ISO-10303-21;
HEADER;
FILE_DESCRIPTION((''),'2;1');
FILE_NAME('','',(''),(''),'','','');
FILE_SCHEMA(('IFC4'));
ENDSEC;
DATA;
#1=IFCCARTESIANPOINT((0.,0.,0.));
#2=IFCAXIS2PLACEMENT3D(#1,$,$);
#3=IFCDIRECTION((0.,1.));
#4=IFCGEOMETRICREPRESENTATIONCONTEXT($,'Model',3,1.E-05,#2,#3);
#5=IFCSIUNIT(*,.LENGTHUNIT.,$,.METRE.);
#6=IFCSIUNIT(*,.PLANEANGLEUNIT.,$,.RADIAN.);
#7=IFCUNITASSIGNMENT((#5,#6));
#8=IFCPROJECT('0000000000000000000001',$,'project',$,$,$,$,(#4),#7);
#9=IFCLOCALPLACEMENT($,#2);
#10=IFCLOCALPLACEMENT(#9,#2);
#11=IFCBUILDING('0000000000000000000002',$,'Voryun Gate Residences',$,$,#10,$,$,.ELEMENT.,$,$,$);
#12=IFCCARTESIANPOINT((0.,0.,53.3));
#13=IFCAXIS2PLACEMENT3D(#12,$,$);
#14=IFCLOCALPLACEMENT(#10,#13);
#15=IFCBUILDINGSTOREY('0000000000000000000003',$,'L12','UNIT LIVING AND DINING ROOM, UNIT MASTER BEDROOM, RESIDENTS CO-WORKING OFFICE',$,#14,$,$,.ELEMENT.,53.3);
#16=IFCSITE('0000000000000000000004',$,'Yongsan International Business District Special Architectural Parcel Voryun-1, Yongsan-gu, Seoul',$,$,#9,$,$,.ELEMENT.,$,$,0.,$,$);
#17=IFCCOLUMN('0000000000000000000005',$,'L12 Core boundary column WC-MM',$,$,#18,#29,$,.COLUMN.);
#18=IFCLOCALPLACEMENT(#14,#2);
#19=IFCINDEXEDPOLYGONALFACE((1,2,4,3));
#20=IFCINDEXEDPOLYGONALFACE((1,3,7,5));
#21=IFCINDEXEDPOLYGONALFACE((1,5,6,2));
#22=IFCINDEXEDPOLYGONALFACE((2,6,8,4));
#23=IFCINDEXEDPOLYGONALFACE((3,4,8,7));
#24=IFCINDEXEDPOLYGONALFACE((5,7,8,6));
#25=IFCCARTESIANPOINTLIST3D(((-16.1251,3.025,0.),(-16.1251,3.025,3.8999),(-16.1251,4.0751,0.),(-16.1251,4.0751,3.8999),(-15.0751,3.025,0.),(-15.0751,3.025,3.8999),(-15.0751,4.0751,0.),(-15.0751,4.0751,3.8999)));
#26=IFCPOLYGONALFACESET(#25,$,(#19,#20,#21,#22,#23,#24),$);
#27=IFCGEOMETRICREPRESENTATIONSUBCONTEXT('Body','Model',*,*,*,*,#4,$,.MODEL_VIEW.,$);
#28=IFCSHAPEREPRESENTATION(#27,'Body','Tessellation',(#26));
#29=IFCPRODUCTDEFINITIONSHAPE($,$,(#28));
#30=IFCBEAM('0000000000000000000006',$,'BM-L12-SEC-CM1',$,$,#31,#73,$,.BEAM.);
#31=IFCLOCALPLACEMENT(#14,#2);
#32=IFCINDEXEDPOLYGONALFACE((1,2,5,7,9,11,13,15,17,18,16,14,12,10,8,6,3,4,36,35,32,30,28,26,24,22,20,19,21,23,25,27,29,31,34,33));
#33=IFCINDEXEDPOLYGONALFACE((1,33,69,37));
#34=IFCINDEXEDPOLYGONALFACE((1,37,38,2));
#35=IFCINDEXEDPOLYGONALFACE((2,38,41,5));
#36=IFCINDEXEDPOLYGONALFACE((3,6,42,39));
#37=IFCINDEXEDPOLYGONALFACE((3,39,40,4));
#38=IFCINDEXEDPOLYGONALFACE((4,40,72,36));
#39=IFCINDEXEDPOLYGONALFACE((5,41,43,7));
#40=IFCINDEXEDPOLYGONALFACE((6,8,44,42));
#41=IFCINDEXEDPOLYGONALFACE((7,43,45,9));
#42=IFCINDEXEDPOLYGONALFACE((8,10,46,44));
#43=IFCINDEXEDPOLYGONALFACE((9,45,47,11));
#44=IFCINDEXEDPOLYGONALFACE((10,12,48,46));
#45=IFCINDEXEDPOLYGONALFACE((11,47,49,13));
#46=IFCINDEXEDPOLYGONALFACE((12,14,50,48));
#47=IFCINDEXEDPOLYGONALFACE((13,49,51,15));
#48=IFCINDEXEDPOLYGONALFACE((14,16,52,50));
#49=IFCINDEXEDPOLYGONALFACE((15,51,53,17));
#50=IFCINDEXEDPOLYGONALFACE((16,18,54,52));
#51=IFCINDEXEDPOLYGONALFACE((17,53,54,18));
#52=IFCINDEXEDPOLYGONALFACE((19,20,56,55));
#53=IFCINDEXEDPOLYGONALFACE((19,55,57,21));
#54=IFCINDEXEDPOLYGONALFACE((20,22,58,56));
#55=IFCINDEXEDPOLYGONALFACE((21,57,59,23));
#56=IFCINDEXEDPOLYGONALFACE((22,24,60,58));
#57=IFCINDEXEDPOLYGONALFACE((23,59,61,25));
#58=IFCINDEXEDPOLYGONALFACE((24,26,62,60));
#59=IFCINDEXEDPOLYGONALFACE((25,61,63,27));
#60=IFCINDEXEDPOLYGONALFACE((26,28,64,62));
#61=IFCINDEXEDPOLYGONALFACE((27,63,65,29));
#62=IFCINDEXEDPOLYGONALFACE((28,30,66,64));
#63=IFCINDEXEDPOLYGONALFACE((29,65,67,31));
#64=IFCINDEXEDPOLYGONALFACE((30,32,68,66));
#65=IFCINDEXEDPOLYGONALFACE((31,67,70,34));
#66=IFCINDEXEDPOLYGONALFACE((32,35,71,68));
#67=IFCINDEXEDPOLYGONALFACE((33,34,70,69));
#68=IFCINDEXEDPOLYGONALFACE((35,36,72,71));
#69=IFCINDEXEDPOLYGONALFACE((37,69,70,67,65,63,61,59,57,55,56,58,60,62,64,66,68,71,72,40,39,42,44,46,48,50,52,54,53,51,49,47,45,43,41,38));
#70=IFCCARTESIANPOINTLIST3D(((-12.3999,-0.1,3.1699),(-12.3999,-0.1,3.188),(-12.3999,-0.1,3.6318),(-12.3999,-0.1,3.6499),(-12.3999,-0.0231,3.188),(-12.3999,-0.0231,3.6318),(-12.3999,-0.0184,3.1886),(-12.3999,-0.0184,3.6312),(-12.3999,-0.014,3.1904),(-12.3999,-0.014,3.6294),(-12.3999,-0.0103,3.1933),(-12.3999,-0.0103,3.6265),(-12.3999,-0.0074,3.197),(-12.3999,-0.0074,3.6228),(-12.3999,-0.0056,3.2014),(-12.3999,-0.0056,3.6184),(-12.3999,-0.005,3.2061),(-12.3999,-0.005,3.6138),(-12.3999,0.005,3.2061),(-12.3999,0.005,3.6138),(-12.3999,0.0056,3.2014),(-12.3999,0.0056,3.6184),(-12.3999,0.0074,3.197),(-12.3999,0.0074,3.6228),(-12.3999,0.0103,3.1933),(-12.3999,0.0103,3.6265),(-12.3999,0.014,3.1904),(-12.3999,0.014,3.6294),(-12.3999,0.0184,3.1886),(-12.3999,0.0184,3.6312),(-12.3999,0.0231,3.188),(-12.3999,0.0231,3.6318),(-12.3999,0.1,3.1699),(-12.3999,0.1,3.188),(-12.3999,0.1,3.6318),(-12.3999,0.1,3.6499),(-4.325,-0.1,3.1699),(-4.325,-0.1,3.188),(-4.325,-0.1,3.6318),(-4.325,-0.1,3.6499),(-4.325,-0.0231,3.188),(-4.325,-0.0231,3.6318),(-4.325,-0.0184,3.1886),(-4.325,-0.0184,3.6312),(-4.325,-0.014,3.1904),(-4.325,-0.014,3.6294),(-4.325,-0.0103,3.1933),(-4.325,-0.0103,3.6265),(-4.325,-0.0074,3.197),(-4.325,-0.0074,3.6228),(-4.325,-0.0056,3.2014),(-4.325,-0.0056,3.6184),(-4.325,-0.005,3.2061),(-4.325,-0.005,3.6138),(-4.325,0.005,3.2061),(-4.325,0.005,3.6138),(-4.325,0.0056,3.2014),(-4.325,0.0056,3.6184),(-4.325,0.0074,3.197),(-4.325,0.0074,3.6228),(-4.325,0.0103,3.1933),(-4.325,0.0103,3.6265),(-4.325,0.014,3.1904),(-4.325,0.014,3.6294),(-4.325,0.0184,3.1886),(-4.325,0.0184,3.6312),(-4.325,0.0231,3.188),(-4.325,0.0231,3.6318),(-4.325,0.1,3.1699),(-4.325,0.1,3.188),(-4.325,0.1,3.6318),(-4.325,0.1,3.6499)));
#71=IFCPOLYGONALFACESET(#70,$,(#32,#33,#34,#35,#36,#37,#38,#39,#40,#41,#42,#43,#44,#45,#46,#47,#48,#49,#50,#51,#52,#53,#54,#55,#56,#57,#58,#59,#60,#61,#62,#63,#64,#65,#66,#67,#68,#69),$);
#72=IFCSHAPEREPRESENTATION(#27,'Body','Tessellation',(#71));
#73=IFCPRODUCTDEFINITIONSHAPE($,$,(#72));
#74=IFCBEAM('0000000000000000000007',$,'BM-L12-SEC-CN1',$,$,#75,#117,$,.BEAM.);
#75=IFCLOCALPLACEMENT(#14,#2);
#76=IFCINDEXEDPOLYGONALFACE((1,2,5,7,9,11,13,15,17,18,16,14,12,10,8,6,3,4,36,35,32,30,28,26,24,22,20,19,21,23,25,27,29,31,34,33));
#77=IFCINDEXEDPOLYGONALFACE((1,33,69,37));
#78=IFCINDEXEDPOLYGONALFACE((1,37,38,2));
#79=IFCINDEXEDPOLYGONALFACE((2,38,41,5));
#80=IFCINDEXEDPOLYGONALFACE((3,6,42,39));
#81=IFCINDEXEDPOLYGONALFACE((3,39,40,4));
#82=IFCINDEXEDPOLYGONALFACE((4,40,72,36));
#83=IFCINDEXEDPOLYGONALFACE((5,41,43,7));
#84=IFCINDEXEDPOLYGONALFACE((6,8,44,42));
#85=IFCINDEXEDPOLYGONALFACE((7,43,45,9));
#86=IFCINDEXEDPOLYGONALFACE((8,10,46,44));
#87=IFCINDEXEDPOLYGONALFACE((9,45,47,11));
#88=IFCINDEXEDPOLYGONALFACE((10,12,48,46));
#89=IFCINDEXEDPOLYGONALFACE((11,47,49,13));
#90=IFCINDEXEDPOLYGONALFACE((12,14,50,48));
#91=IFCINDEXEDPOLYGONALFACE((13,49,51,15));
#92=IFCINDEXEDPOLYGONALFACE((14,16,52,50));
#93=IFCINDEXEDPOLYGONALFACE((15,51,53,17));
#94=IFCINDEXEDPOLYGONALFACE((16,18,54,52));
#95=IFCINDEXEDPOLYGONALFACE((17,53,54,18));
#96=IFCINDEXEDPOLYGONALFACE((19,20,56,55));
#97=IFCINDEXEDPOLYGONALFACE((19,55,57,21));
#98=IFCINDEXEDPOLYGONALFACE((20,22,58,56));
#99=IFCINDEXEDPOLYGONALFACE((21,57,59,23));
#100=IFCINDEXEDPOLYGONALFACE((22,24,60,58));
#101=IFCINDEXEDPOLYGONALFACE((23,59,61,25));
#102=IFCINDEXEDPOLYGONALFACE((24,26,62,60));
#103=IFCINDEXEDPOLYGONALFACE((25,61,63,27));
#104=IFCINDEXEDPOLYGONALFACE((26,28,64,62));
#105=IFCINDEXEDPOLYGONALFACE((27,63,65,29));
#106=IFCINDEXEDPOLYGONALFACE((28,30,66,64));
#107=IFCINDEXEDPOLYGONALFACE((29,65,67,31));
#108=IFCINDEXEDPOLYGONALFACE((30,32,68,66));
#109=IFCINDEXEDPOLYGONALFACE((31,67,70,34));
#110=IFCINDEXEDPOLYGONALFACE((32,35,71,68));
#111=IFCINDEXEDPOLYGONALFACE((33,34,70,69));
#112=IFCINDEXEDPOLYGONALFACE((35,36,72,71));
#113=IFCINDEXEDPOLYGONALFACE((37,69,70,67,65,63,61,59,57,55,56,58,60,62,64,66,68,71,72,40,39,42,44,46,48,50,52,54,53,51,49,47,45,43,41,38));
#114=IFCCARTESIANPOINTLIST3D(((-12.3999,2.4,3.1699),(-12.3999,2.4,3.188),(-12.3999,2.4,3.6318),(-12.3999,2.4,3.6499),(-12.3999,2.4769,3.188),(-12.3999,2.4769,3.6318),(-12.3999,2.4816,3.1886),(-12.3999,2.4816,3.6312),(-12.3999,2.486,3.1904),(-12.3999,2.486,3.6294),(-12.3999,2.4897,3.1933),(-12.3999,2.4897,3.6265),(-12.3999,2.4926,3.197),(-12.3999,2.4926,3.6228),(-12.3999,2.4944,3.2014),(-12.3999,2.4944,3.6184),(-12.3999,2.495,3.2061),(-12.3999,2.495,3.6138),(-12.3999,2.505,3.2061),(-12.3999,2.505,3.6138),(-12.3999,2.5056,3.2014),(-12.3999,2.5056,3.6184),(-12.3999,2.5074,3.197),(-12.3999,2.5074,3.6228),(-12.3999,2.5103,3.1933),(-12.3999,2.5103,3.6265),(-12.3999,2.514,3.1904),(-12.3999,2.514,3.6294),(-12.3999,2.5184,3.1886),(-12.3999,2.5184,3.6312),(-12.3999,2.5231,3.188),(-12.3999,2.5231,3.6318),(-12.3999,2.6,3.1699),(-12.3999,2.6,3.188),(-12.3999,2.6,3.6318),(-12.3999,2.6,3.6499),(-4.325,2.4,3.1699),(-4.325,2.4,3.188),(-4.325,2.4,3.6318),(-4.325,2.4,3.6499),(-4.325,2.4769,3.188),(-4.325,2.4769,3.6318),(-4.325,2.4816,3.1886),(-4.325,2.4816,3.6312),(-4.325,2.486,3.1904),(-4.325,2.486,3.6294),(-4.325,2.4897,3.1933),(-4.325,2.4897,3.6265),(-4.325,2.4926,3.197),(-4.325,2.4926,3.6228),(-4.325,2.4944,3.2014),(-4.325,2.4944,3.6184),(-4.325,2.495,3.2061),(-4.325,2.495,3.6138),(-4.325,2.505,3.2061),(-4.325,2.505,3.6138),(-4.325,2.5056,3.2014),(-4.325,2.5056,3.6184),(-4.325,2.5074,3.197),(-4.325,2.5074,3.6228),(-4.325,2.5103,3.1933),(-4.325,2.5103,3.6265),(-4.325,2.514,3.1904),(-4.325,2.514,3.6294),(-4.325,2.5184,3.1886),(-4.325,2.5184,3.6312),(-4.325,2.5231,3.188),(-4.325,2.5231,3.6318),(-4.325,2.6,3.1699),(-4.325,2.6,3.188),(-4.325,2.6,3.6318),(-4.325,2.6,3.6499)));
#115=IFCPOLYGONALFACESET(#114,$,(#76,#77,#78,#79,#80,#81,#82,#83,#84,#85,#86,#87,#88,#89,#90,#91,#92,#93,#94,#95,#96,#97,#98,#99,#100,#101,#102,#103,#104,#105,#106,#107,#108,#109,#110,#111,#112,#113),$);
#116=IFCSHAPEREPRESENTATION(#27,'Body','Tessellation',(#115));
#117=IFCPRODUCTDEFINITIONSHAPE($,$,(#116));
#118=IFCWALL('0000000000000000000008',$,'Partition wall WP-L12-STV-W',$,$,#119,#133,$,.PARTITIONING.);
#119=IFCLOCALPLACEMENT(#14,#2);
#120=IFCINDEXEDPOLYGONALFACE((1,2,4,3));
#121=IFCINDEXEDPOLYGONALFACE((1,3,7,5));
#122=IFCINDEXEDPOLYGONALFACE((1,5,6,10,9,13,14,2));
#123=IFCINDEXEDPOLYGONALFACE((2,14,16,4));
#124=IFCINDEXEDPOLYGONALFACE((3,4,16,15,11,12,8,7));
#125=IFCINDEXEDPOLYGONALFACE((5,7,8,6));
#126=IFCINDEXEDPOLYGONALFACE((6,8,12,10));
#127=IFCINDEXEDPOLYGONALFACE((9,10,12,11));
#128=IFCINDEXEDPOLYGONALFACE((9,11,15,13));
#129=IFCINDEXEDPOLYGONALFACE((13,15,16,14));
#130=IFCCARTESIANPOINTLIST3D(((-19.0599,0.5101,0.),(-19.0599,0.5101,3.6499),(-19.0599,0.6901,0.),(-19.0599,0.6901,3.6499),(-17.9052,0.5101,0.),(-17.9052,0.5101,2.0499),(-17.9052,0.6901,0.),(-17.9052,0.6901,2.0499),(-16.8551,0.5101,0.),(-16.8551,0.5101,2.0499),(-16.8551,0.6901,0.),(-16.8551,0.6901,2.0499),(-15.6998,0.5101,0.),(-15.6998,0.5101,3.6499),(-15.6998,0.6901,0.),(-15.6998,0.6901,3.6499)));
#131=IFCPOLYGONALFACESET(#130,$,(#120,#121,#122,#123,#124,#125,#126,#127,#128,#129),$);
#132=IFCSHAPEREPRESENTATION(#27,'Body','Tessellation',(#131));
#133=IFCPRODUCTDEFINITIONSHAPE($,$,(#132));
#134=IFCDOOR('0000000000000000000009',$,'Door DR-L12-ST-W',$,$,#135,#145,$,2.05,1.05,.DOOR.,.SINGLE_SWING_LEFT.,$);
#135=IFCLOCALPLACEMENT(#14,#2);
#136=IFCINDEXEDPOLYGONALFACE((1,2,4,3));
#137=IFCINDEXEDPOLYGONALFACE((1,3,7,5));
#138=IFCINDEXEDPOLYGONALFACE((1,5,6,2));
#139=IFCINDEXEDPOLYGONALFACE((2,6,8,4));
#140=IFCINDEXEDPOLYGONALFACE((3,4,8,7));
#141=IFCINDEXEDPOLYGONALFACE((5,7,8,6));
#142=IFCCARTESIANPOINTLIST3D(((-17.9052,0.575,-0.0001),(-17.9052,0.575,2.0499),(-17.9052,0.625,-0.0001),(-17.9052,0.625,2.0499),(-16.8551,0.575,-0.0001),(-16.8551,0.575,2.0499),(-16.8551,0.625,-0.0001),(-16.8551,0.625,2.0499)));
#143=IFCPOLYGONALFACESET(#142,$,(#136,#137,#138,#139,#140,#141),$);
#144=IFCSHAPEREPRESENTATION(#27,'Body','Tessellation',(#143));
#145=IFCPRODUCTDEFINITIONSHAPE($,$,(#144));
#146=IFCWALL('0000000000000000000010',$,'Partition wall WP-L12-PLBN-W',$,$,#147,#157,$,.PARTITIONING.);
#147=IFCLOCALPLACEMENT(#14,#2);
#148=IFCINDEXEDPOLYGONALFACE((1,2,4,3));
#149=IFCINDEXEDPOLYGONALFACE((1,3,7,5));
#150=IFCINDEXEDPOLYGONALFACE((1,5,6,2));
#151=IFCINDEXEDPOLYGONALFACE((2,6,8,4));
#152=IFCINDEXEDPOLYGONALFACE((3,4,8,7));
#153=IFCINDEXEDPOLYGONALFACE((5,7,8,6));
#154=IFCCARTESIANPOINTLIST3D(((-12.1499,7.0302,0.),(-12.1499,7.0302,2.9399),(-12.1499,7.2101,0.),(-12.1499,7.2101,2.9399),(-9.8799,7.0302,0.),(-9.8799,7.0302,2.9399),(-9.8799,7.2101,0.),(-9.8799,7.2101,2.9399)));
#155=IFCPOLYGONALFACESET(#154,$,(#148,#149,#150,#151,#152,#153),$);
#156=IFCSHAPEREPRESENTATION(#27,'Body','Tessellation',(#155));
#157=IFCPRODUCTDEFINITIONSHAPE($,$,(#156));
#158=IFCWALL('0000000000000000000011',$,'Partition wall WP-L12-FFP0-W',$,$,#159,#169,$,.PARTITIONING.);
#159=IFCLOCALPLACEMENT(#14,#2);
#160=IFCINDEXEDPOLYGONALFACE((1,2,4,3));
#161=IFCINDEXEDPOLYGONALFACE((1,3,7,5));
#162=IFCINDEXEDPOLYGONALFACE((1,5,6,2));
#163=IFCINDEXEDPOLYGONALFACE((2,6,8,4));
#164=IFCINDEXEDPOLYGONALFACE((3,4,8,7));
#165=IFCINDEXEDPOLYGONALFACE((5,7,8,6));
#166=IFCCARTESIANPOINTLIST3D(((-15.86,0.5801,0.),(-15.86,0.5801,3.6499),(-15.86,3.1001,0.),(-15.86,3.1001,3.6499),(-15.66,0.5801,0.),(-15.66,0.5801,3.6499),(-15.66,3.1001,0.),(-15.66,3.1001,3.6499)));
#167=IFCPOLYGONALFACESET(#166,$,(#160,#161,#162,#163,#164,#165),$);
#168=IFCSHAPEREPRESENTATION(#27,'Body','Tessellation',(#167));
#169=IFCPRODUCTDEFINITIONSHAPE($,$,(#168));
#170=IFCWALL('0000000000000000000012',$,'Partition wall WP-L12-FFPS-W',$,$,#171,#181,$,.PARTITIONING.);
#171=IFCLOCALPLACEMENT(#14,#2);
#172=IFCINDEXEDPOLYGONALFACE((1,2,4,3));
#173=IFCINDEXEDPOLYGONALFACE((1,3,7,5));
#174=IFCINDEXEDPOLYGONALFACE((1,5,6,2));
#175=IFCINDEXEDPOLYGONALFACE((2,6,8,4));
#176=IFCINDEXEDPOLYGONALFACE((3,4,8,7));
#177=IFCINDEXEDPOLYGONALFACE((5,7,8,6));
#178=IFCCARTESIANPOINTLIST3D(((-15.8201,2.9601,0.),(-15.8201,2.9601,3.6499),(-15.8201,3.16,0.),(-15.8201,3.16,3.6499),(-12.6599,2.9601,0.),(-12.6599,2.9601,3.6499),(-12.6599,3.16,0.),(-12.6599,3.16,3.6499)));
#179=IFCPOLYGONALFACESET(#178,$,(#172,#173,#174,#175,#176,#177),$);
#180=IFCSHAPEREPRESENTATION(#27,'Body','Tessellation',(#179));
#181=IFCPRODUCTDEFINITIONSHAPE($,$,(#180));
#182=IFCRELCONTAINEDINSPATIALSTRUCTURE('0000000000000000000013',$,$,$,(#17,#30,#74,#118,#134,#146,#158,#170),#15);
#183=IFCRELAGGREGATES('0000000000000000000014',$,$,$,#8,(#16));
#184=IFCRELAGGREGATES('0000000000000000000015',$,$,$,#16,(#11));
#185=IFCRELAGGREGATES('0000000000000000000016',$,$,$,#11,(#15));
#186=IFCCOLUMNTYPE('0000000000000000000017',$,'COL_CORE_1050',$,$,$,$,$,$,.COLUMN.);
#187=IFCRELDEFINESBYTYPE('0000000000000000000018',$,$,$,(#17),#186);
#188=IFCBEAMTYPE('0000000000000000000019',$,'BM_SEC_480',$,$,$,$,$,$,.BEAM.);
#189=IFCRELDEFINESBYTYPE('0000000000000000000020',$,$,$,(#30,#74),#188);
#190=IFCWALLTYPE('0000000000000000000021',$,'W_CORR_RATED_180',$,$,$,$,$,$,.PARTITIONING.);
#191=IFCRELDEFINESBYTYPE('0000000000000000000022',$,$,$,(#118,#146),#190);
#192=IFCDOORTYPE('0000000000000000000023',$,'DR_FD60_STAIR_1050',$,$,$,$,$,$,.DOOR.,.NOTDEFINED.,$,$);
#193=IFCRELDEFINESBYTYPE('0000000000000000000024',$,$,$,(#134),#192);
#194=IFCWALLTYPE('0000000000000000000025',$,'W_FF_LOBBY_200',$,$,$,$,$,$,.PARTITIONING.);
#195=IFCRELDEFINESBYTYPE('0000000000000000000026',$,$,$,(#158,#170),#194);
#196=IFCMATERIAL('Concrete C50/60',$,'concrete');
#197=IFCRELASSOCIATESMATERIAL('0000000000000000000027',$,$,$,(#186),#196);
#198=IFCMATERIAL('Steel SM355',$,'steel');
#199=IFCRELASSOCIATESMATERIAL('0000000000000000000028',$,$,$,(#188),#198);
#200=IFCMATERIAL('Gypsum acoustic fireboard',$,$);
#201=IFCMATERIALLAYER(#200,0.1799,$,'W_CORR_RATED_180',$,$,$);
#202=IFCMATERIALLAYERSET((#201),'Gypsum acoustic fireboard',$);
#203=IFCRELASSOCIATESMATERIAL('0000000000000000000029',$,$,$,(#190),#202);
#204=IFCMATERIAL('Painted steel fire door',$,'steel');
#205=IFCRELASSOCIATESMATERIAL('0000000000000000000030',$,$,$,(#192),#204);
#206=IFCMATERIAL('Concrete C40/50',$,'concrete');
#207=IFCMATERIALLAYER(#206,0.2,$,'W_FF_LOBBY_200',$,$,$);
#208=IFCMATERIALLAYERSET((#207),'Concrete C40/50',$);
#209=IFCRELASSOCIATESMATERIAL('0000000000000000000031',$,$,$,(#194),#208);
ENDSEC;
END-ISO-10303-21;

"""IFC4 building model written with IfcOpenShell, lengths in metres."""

from ifc_helpers import new_model, si_unit, direction, frame, frame_2d, origin, origin_2d, place, context, subcontext, project, spatial, rectangle, i_section, extrude, material, layer, layer_set, material_profile, profile_set, type_object, element, fill, save


model = new_model("IFC4")

# Units and contexts
model_context = context("Model", 3, precision=1e-05, world=origin(), true_north=direction((0.0, 1.0)))
body_context = subcontext(model_context, "Body", "Model", "MODEL_VIEW")
ifc_project = project(units=[si_unit("LENGTHUNIT", "METRE"), si_unit("PLANEANGLEUNIT", "RADIAN")], contexts=[model_context])

# Site, building, storey
site_placement = place(None, origin())
site = spatial("IfcSite", under=ifc_project, at=site_placement, Name="Yongsan International Business District Special Architectural Parcel Voryun-1, Yongsan-gu, Seoul", CompositionType="ELEMENT", RefElevation=0.0)
building_placement = place(site_placement, origin())
building = spatial("IfcBuilding", under=site, at=building_placement, Name="Voryun Gate Residences", CompositionType="ELEMENT")
storey_placement = place(building_placement, frame((0.0, 0.0, 53.3)))
storey = spatial("IfcBuildingStorey", under=building, at=storey_placement, Name="L12", Description="UNIT LIVING AND DINING ROOM, UNIT MASTER BEDROOM, RESIDENTS CO-WORKING OFFICE", CompositionType="ELEMENT", Elevation=53.3)

# Column
ifc_material_1 = material(Name="Concrete C50/60", Category="concrete")
ifc_material_profile_1 = material_profile(ifc_material_1, rectangle(XDim=1.05, YDim=1.05, at=origin_2d()), Name="RC-1050x1050")
ifc_profile_set_1 = profile_set([ifc_material_profile_1], Name="Concrete C50/60")
column_type = type_object("IfcColumnType", Name="COL_CORE_1050", PredefinedType="COLUMN", material=ifc_profile_set_1)
column_placement = place(storey_placement, frame((-15.6001, 3.55, 0.0), z_axis=(0.0, 0.0, 1.0), x_axis=(1.0, 0.0, 0.0)))
element("IfcColumn", 1, at=column_placement, inside=storey, type_object=column_type, Name="L12 Core boundary column WC-MM", PredefinedType="COLUMN", context=body_context, shape_type="SweptSolid", body=[
    extrude(rectangle(XDim=1.05, YDim=1.05, at=origin_2d()), origin(), (0.0, 0.0, 1.0), 3.8999),
])

# Beams
ifc_material_2 = material(Name="Steel SM355", Category="steel")
ifc_material_profile_2 = material_profile(ifc_material_2, i_section(OverallWidth=0.2, OverallDepth=0.48, WebThickness=0.01, FlangeThickness=0.0181, FilletRadius=0.0181, at=origin_2d()), Name="H-480x200x10x18")
ifc_profile_set_2 = profile_set([ifc_material_profile_2], Name="Steel SM355")
beam_type = type_object("IfcBeamType", Name="BM_SEC_480", PredefinedType="BEAM", material=ifc_profile_set_2)
for number, where, z_axis, x_axis, name in (
    (2, (-12.3999, 0.0, 3.4099), (1.0, 0.0, 0.0), (0.0, 1.0, 0.0), "BM-L12-SEC-CM1"),
    (3, (-12.3999, 2.5, 3.4099), (1.0, 0.0, 0.0), (0.0, 1.0, 0.0), "BM-L12-SEC-CN1"),
):
    element("IfcBeam", number, at=place(storey_placement, frame(where, z_axis=z_axis, x_axis=x_axis)), inside=storey, type_object=beam_type, Name=name, PredefinedType="BEAM", context=body_context, shape_type="SweptSolid", body=[
        extrude(i_section(OverallWidth=0.2, OverallDepth=0.48, WebThickness=0.01, FlangeThickness=0.0181, FilletRadius=0.0181, at=origin_2d()), origin(), (0.0, 0.0, 1.0), 8.075),
    ])

# Wall, opening, door
ifc_material_3 = material(Name="Gypsum acoustic fireboard")
ifc_layer_1 = layer(ifc_material_3, 0.1799, Name="W_CORR_RATED_180")
ifc_layer_set_1 = layer_set([ifc_layer_1], Name="Gypsum acoustic fireboard")
wall_type_1 = type_object("IfcWallType", Name="W_CORR_RATED_180", PredefinedType="PARTITIONING", material=ifc_layer_set_1)
wall_1_placement = place(storey_placement, frame((-19.0601, 0.6001, 0.0), z_axis=(0.0, 0.0, 1.0), x_axis=(1.0, 0.0, 0.0)))
wall_1 = element("IfcWall", 4, at=wall_1_placement, inside=storey, type_object=wall_type_1, Name="Partition wall WP-L12-STV-W", PredefinedType="PARTITIONING", context=body_context, shape_type="SweptSolid", body=[
    extrude(rectangle(XDim=3.3601, YDim=0.1799, at=frame_2d((1.6802, 0.0))), origin(), (0.0, 0.0, 1.0), 3.6499),
])
opening_1_placement = place(wall_1_placement, frame((1.155, 0.0, 0.0)))
opening_1 = element("IfcOpeningElement", 5, at=opening_1_placement, cuts=wall_1, PredefinedType="OPENING", context=body_context, shape_type="SweptSolid", body=[
    extrude(rectangle(XDim=1.05, YDim=2.05, at=frame_2d((0.5249, 1.0249))), frame((0.0, 0.0999, 0.0), z_axis=(0.0, -1.0, 0.0), x_axis=(1.0, 0.0, 0.0)), (0.0, 0.0, 1.0), 0.2),
])
ifc_material_4 = material(Name="Painted steel fire door", Category="steel")
door_type_1 = type_object("IfcDoorType", Name="DR_FD60_STAIR_1050", OperationType="NOTDEFINED", PredefinedType="DOOR", material=ifc_material_4)
door_1_placement = place(opening_1_placement, origin())
door_1 = element("IfcDoor", 6, at=door_1_placement, inside=storey, type_object=door_type_1, Name="Door DR-L12-ST-W", OperationType="SINGLE_SWING_LEFT", OverallHeight=2.05, OverallWidth=1.05, PredefinedType="DOOR", context=body_context, shape_type="SweptSolid", body=[
    extrude(rectangle(XDim=1.05, YDim=2.05, at=frame_2d((0.5249, 1.0249))), frame((0.0, 0.0249, 0.0), z_axis=(0.0, -1.0, 0.0), x_axis=(1.0, 0.0, 0.0)), (0.0, 0.0, 1.0), 0.05),
])
fill(opening_1, door_1)

# Walls
wall_2_placement = place(storey_placement, frame((-12.1499, 7.1201, 0.0), z_axis=(0.0, 0.0, 1.0), x_axis=(1.0, 0.0, 0.0)))
element("IfcWall", 7, at=wall_2_placement, inside=storey, type_object=wall_type_1, Name="Partition wall WP-L12-PLBN-W", PredefinedType="PARTITIONING", context=body_context, shape_type="SweptSolid", body=[
    extrude(rectangle(XDim=2.27, YDim=0.1799, at=frame_2d((1.135, 0.0))), origin(), (0.0, 0.0, 1.0), 2.9399),
])
ifc_material_5 = material(Name="Concrete C40/50", Category="concrete")
ifc_layer_2 = layer(ifc_material_5, 0.2, Name="W_FF_LOBBY_200")
ifc_layer_set_2 = layer_set([ifc_layer_2], Name="Concrete C40/50")
wall_type_2 = type_object("IfcWallType", Name="W_FF_LOBBY_200", PredefinedType="PARTITIONING", material=ifc_layer_set_2)
wall_3_placement = place(storey_placement, frame((-15.76, 0.5801, 0.0), z_axis=(0.0, 0.0, 1.0), x_axis=(0.0, 1.0, 0.0)))
element("IfcWall", 8, at=wall_3_placement, inside=storey, type_object=wall_type_2, Name="Partition wall WP-L12-FFP0-W", PredefinedType="PARTITIONING", context=body_context, shape_type="SweptSolid", body=[
    extrude(rectangle(XDim=2.52, YDim=0.2, at=frame_2d((1.26, 0.0))), origin(), (0.0, 0.0, 1.0), 3.6499),
])
wall_4_placement = place(storey_placement, frame((-15.8201, 3.0601, 0.0), z_axis=(0.0, 0.0, 1.0), x_axis=(1.0, 0.0, 0.0)))
element("IfcWall", 9, at=wall_4_placement, inside=storey, type_object=wall_type_2, Name="Partition wall WP-L12-FFPS-W", PredefinedType="PARTITIONING", context=body_context, shape_type="SweptSolid", body=[
    extrude(rectangle(XDim=3.1602, YDim=0.2, at=frame_2d((1.5801, 0.0))), origin(), (0.0, 0.0, 1.0), 3.6499),
])

save(model, "model.ifc")
